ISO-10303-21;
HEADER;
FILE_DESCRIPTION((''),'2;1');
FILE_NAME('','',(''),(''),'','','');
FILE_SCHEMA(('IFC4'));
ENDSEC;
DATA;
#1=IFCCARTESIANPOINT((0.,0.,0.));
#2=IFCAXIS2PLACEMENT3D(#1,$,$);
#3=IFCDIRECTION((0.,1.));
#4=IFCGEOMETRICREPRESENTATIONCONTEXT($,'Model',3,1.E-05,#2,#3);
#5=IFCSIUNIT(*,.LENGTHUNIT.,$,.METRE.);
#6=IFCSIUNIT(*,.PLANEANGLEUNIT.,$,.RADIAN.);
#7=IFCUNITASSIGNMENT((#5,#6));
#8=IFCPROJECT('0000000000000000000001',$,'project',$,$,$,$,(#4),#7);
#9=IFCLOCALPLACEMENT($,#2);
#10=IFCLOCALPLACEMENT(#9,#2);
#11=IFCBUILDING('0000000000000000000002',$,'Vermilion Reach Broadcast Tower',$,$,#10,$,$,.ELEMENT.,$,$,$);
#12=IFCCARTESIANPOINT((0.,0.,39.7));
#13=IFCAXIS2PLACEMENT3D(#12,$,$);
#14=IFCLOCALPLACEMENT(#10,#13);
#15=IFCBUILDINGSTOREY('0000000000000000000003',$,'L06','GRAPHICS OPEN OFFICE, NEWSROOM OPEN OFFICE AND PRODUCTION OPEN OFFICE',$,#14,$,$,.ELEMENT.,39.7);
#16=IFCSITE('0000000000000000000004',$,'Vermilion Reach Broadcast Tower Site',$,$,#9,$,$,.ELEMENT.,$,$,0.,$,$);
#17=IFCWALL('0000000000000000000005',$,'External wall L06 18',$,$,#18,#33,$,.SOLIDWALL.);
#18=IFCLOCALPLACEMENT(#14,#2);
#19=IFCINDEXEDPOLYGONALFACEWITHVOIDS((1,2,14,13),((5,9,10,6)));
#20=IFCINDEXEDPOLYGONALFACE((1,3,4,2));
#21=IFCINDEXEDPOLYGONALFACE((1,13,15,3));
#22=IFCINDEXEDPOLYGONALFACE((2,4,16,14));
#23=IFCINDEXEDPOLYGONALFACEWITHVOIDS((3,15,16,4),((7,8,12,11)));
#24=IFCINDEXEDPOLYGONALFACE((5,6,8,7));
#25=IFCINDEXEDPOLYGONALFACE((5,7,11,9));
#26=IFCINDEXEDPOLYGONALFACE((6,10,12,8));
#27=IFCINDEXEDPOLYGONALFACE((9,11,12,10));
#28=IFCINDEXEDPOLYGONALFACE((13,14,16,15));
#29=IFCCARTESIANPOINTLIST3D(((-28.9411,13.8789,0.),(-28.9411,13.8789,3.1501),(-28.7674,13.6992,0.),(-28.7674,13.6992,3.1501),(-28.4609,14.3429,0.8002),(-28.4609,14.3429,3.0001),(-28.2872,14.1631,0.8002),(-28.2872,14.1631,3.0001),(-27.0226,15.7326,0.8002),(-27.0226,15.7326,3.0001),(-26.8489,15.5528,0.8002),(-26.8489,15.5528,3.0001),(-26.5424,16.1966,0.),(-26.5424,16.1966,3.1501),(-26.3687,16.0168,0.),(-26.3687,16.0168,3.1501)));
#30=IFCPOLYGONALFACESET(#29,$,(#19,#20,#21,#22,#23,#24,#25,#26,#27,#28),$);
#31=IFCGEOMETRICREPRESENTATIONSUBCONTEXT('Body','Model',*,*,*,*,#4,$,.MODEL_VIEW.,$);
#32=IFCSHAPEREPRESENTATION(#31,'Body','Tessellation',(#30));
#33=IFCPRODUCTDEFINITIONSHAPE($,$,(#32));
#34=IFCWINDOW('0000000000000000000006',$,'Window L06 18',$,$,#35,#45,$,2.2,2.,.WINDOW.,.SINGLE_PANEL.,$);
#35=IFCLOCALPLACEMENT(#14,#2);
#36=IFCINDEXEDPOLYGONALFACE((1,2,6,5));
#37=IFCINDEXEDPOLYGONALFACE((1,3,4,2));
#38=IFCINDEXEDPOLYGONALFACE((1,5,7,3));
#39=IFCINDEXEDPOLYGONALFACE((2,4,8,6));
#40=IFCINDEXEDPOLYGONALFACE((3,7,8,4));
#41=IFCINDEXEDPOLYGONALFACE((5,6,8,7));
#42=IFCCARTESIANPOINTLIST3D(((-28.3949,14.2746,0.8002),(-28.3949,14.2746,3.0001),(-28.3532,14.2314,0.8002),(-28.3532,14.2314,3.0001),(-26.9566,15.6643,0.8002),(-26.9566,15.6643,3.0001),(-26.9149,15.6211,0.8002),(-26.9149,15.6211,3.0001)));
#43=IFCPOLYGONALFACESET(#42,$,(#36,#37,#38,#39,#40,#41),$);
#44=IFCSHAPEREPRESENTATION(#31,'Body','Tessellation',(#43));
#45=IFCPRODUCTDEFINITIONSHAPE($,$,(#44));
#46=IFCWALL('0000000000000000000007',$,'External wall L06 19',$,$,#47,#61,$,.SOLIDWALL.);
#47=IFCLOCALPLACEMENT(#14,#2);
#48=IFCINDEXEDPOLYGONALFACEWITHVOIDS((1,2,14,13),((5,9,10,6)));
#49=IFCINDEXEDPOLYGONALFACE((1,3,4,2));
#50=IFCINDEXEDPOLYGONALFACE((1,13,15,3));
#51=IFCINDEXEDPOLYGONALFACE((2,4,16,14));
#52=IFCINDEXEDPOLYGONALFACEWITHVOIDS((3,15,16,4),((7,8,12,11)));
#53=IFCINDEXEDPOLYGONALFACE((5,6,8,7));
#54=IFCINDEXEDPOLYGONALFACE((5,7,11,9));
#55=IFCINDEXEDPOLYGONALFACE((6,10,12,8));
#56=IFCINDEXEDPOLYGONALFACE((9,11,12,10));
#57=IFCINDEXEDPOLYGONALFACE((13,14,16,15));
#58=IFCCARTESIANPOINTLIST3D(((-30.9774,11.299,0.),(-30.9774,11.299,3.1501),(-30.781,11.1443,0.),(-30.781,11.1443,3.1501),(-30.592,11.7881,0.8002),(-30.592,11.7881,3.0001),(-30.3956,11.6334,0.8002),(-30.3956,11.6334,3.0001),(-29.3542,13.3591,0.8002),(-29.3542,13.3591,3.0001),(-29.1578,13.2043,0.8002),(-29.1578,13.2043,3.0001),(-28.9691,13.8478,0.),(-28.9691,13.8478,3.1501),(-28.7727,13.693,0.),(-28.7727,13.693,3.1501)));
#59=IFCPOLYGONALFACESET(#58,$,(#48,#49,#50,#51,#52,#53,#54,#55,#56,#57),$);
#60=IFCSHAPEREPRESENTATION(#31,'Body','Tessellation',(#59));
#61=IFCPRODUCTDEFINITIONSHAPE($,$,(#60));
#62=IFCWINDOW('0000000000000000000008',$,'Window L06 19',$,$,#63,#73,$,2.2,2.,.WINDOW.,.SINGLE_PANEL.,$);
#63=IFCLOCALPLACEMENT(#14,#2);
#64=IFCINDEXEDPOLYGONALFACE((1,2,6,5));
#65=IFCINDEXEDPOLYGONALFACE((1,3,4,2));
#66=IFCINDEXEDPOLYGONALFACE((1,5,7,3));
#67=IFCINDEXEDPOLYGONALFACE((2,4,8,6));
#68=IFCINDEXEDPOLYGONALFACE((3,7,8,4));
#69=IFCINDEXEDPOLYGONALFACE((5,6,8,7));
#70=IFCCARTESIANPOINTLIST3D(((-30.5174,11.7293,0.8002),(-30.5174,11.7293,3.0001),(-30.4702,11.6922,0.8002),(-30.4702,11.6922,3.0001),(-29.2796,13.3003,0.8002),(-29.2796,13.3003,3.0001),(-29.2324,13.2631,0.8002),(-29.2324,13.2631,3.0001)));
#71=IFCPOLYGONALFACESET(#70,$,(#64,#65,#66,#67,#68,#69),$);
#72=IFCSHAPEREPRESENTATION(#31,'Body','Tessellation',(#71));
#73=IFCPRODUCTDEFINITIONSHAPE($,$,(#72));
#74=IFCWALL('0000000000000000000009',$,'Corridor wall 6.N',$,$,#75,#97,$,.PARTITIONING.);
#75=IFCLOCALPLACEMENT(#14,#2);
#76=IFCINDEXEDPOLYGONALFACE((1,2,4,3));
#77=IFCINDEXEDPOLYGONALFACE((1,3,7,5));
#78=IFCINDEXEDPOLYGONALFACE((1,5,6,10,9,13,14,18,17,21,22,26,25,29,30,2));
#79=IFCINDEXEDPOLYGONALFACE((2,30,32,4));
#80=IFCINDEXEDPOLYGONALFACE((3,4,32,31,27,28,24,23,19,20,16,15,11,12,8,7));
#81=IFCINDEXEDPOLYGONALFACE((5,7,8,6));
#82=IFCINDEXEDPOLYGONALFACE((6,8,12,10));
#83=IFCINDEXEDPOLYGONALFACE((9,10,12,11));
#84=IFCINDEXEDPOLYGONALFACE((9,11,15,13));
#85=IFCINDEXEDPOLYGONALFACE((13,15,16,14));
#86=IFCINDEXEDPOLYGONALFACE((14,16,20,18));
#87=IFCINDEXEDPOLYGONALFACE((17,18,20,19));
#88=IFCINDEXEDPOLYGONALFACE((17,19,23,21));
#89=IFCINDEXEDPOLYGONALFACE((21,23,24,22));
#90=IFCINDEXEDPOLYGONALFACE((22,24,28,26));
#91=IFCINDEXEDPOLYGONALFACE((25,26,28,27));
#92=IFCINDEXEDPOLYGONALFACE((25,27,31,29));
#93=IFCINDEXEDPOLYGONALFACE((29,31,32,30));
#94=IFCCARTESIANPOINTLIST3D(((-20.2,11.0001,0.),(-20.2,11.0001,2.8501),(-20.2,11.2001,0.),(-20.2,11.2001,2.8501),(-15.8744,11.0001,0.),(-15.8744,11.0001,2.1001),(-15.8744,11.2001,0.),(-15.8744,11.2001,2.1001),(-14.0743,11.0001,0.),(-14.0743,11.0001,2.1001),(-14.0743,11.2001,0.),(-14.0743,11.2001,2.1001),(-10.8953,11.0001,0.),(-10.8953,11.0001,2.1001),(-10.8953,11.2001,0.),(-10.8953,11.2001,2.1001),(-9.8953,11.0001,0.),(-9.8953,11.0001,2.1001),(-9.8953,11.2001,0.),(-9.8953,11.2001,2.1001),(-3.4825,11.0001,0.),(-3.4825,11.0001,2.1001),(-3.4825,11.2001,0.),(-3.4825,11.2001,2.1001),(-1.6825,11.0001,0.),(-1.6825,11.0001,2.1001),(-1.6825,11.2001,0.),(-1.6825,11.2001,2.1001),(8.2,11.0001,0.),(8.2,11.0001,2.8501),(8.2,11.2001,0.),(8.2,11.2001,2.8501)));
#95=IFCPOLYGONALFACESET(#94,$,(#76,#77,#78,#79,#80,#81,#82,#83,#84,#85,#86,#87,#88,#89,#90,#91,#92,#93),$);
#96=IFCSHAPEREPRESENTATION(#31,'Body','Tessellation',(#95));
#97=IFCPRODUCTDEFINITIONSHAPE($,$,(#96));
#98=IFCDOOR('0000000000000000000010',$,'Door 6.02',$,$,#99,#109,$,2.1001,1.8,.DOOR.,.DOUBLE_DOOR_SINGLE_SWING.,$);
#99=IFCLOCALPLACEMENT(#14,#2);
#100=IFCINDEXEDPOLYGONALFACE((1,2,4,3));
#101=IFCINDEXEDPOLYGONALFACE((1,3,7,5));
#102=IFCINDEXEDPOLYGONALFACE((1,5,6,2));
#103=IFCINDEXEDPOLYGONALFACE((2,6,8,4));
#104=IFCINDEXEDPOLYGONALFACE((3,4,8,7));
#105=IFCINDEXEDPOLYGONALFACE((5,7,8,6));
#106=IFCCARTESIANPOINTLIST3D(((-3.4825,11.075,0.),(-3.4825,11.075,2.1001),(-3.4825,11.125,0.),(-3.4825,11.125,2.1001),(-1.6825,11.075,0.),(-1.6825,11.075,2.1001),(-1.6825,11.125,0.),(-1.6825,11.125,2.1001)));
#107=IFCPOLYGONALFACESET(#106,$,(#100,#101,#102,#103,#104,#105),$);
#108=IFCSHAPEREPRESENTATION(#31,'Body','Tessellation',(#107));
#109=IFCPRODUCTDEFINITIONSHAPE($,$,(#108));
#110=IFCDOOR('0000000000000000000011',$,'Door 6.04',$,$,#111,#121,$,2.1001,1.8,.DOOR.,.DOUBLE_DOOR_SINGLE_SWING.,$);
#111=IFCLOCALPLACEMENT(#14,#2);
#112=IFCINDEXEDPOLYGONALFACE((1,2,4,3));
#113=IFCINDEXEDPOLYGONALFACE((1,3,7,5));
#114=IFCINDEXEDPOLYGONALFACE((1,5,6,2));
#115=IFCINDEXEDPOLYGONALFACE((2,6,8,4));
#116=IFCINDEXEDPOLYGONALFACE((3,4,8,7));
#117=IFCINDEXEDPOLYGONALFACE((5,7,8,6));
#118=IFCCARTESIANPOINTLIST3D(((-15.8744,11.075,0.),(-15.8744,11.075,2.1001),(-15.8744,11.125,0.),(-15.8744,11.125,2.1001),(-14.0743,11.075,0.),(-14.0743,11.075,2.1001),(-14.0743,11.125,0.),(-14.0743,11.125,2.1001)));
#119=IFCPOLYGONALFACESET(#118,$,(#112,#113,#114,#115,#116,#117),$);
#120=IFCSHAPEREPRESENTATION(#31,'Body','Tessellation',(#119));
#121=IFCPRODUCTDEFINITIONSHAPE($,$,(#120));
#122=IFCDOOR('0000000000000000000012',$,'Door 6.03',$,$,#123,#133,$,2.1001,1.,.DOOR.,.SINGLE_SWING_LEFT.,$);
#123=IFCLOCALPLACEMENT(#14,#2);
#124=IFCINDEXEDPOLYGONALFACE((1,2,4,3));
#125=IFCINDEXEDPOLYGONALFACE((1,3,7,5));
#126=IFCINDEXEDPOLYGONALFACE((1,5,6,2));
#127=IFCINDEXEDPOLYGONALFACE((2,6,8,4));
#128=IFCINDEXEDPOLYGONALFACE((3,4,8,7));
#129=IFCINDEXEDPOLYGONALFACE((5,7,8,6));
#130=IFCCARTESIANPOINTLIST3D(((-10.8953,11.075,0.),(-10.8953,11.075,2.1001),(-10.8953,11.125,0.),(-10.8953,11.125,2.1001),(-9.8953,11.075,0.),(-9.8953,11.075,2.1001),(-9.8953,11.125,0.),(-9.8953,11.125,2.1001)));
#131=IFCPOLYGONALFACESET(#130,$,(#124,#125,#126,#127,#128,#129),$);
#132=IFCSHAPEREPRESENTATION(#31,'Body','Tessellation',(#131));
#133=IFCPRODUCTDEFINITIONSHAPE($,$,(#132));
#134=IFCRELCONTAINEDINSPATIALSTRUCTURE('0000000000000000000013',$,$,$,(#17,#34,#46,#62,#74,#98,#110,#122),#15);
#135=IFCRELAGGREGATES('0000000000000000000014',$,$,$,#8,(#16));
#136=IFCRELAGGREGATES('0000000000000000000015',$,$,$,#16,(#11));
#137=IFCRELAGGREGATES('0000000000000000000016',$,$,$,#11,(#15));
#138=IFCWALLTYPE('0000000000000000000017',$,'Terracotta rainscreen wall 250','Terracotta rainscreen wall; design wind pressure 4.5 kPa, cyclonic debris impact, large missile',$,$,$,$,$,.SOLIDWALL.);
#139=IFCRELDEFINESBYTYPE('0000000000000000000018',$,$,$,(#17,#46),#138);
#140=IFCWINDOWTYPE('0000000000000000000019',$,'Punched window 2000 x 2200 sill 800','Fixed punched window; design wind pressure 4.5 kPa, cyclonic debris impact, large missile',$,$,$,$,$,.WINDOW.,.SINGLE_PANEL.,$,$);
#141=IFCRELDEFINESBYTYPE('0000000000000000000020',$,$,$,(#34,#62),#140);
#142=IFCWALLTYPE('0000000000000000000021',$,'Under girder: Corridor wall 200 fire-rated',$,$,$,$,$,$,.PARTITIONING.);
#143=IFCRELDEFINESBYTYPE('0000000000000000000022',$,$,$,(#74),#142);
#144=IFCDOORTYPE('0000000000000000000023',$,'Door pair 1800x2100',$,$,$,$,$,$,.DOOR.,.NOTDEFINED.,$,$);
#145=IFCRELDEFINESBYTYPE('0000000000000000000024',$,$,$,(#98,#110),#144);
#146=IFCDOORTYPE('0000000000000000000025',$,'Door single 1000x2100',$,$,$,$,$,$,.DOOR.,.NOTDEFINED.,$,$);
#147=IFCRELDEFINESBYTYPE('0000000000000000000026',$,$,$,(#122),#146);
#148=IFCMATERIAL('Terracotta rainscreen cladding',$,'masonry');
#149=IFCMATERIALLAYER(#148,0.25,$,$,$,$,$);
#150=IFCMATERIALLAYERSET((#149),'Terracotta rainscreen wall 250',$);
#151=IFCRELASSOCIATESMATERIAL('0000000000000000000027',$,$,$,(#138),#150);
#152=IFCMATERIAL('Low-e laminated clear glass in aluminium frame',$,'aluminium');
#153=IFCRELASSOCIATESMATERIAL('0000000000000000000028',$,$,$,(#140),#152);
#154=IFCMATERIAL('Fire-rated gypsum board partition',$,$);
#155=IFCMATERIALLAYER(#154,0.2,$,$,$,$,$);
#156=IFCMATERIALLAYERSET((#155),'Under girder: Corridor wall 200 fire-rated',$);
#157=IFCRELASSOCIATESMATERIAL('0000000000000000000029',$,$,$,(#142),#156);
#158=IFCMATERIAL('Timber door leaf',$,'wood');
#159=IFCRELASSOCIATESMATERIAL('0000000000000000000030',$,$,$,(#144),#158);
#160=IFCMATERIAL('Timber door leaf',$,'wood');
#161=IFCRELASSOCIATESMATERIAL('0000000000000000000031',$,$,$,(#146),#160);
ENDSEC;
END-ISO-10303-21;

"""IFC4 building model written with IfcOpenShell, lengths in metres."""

from ifc_helpers import new_model, si_unit, direction, frame, frame_2d, origin, place, context, subcontext, project, spatial, rectangle, extrude, material, layer, layer_set, type_object, element, fill, save


model = new_model("IFC4")

# Units and contexts
model_context = context("Model", 3, precision=1e-05, world=origin(), true_north=direction((0.0, 1.0)))
body_context = subcontext(model_context, "Body", "Model", "MODEL_VIEW")
ifc_project = project(units=[si_unit("LENGTHUNIT", "METRE"), si_unit("PLANEANGLEUNIT", "RADIAN")], contexts=[model_context])

# Site, building, storey
site_placement = place(None, origin())
site = spatial("IfcSite", under=ifc_project, at=site_placement, Name="Vermilion Reach Broadcast Tower Site", CompositionType="ELEMENT", RefElevation=0.0)
building_placement = place(site_placement, origin())
building = spatial("IfcBuilding", under=site, at=building_placement, Name="Vermilion Reach Broadcast Tower", CompositionType="ELEMENT")
storey_placement = place(building_placement, frame((0.0, 0.0, 39.7)))
storey = spatial("IfcBuildingStorey", under=building, at=storey_placement, Name="L06", Description="GRAPHICS OPEN OFFICE, NEWSROOM OPEN OFFICE AND PRODUCTION OPEN OFFICE", CompositionType="ELEMENT", Elevation=39.7)

# Shared definitions
ifc_material_1 = material(Name="Terracotta rainscreen cladding", Category="masonry")
ifc_layer_1 = layer(ifc_material_1, 0.25)
ifc_layer_set_1 = layer_set([ifc_layer_1], Name="Terracotta rainscreen wall 250")
wall_type_1 = type_object("IfcWallType", Name="Terracotta rainscreen wall 250", Description="Terracotta rainscreen wall; design wind pressure 4.5 kPa, cyclonic debris impact, large missile", PredefinedType="SOLIDWALL", material=ifc_layer_set_1)

# Walls, openings, windows
ifc_material_2 = material(Name="Low-e laminated clear glass in aluminium frame", Category="aluminium")
window_type = type_object("IfcWindowType", Name="Punched window 2000 x 2200 sill 800", Description="Fixed punched window; design wind pressure 4.5 kPa, cyclonic debris impact, large missile", PartitioningType="SINGLE_PANEL", PredefinedType="WINDOW", material=ifc_material_2)
wall_1_placement = place(storey_placement, frame((-26.4556, 16.1067, 0.0), z_axis=(0.0, 0.0, 1.0), x_axis=(-0.719153, -0.694852, 0.0)))
wall_1 = element("IfcWall", 1, at=wall_1_placement, inside=storey, type_object=wall_type_1, Name="External wall L06 18", PredefinedType="SOLIDWALL", context=body_context, shape_type="SweptSolid", body=[
    extrude(rectangle(XDim=3.3354, YDim=0.25, at=frame_2d((1.6677, 0.0))), origin(), (0.0, 0.0, 1.0), 3.1501),
])
opening_1_placement = place(wall_1_placement, frame((0.6677, 0.0, 0.8)))
opening_1 = element("IfcOpeningElement", 2, at=opening_1_placement, cuts=wall_1, PredefinedType="OPENING", context=body_context, shape_type="SweptSolid", body=[
    extrude(rectangle(XDim=2.0, YDim=2.2, at=frame_2d((1.0, 1.1001))), frame((0.0, 0.135, 0.0), z_axis=(0.0, -1.0, 0.0), x_axis=(1.0, 0.0, 0.0)), (0.0, 0.0, 1.0), 0.27),
])
window_1_placement = place(opening_1_placement, origin())
window_1 = element("IfcWindow", 3, at=window_1_placement, inside=storey, type_object=window_type, Name="Window L06 18", OverallHeight=2.2, OverallWidth=2.0, PartitioningType="SINGLE_PANEL", PredefinedType="WINDOW", context=body_context, shape_type="SweptSolid", body=[
    extrude(rectangle(XDim=2.0, YDim=2.2, at=frame_2d((1.0, 1.1001))), frame((0.0, 0.03, 0.0), z_axis=(0.0, -1.0, 0.0), x_axis=(1.0, 0.0, 0.0)), (0.0, 0.0, 1.0), 0.0601),
])
fill(opening_1, window_1)
wall_2_placement = place(storey_placement, frame((-28.8708, 13.7705, 0.0), z_axis=(0.0, 0.0, 1.0), x_axis=(-0.618898, -0.785472, 0.0)))
wall_2 = element("IfcWall", 4, at=wall_2_placement, inside=storey, type_object=wall_type_1, Name="External wall L06 19", PredefinedType="SOLIDWALL", context=body_context, shape_type="SweptSolid", body=[
    extrude(rectangle(XDim=3.2449, YDim=0.25, at=frame_2d((1.6226, 0.0))), origin(), (0.0, 0.0, 1.0), 3.1501),
])
opening_2_placement = place(wall_2_placement, frame((0.6223, 0.0, 0.8)))
opening_2 = element("IfcOpeningElement", 5, at=opening_2_placement, cuts=wall_2, PredefinedType="OPENING", context=body_context, shape_type="SweptSolid", body=[
    extrude(rectangle(XDim=2.0, YDim=2.2, at=frame_2d((1.0, 1.1001))), frame((0.0, 0.135, 0.0), z_axis=(0.0, -1.0, 0.0), x_axis=(1.0, 0.0, 0.0)), (0.0, 0.0, 1.0), 0.27),
])
window_2_placement = place(opening_2_placement, origin())
window_2 = element("IfcWindow", 6, at=window_2_placement, inside=storey, type_object=window_type, Name="Window L06 19", OverallHeight=2.2, OverallWidth=2.0, PartitioningType="SINGLE_PANEL", PredefinedType="WINDOW", context=body_context, shape_type="SweptSolid", body=[
    extrude(rectangle(XDim=2.0, YDim=2.2, at=frame_2d((1.0, 1.1001))), frame((0.0, 0.03, 0.0), z_axis=(0.0, -1.0, 0.0), x_axis=(1.0, 0.0, 0.0)), (0.0, 0.0, 1.0), 0.0601),
])
fill(opening_2, window_2)

# Wall, openings, doors
ifc_material_3 = material(Name="Fire-rated gypsum board partition")
ifc_layer_2 = layer(ifc_material_3, 0.2)
ifc_layer_set_2 = layer_set([ifc_layer_2], Name="Under girder: Corridor wall 200 fire-rated")
wall_type_2 = type_object("IfcWallType", Name="Under girder: Corridor wall 200 fire-rated", PredefinedType="PARTITIONING", material=ifc_layer_set_2)
wall_3_placement = place(storey_placement, frame((-20.2, 11.1001, 0.0), z_axis=(0.0, 0.0, 1.0), x_axis=(1.0, 0.0, 0.0)))
wall_3 = element("IfcWall", 7, at=wall_3_placement, inside=storey, type_object=wall_type_2, Name="Corridor wall 6.N", PredefinedType="PARTITIONING", context=body_context, shape_type="SweptSolid", body=[
    extrude(rectangle(XDim=28.3999, YDim=0.2, at=frame_2d((14.2, 0.0))), origin(), (0.0, 0.0, 1.0), 2.8501),
])
opening_3_placement = place(wall_3_placement, frame((16.7175, 0.0, 0.0)))
opening_3 = element("IfcOpeningElement", 8, at=opening_3_placement, cuts=wall_3, PredefinedType="OPENING", context=body_context, shape_type="SweptSolid", body=[
    extrude(rectangle(XDim=1.8, YDim=2.1001, at=frame_2d((0.8999, 1.05))), frame((0.0, 0.1099, 0.0), z_axis=(0.0, -1.0, 0.0), x_axis=(1.0, 0.0, 0.0)), (0.0, 0.0, 1.0), 0.22),
])
opening_4_placement = place(wall_3_placement, frame((9.3047, 0.0, 0.0)))
opening_4 = element("IfcOpeningElement", 9, at=opening_4_placement, cuts=wall_3, PredefinedType="OPENING", context=body_context, shape_type="SweptSolid", body=[
    extrude(rectangle(XDim=1.0, YDim=2.1001, at=frame_2d((0.5, 1.05))), frame((0.0, 0.1099, 0.0), z_axis=(0.0, -1.0, 0.0), x_axis=(1.0, 0.0, 0.0)), (0.0, 0.0, 1.0), 0.22),
])
opening_5_placement = place(wall_3_placement, frame((4.3257, 0.0, 0.0)))
opening_5 = element("IfcOpeningElement", 10, at=opening_5_placement, cuts=wall_3, PredefinedType="OPENING", context=body_context, shape_type="SweptSolid", body=[
    extrude(rectangle(XDim=1.8, YDim=2.1001, at=frame_2d((0.8999, 1.05))), frame((0.0, 0.1099, 0.0), z_axis=(0.0, -1.0, 0.0), x_axis=(1.0, 0.0, 0.0)), (0.0, 0.0, 1.0), 0.22),
])
ifc_material_4 = material(Name="Timber door leaf", Category="wood")
door_type_1 = type_object("IfcDoorType", Name="Door pair 1800x2100", OperationType="NOTDEFINED", PredefinedType="DOOR", material=ifc_material_4)
door_1_placement = place(opening_3_placement, origin())
door_1 = element("IfcDoor", 11, at=door_1_placement, inside=storey, type_object=door_type_1, Name="Door 6.02", OperationType="DOUBLE_DOOR_SINGLE_SWING", OverallHeight=2.1001, OverallWidth=1.8, PredefinedType="DOOR", context=body_context, shape_type="SweptSolid", body=[
    extrude(rectangle(XDim=1.8, YDim=2.1001, at=frame_2d((0.8999, 1.05))), frame((0.0, 0.0249, 0.0), z_axis=(0.0, -1.0, 0.0), x_axis=(1.0, 0.0, 0.0)), (0.0, 0.0, 1.0), 0.05),
])
fill(opening_3, door_1)
door_2_placement = place(opening_5_placement, origin())
door_2 = element("IfcDoor", 12, at=door_2_placement, inside=storey, type_object=door_type_1, Name="Door 6.04", OperationType="DOUBLE_DOOR_SINGLE_SWING", OverallHeight=2.1001, OverallWidth=1.8, PredefinedType="DOOR", context=body_context, shape_type="SweptSolid", body=[
    extrude(rectangle(XDim=1.8, YDim=2.1001, at=frame_2d((0.8999, 1.05))), frame((0.0, 0.0249, 0.0), z_axis=(0.0, -1.0, 0.0), x_axis=(1.0, 0.0, 0.0)), (0.0, 0.0, 1.0), 0.05),
])
fill(opening_5, door_2)
ifc_material_5 = material(Name="Timber door leaf", Category="wood")
door_type_2 = type_object("IfcDoorType", Name="Door single 1000x2100", OperationType="NOTDEFINED", PredefinedType="DOOR", material=ifc_material_5)
door_3_placement = place(opening_4_placement, origin())
door_3 = element("IfcDoor", 13, at=door_3_placement, inside=storey, type_object=door_type_2, Name="Door 6.03", OperationType="SINGLE_SWING_LEFT", OverallHeight=2.1001, OverallWidth=1.0, PredefinedType="DOOR", context=body_context, shape_type="SweptSolid", body=[
    extrude(rectangle(XDim=1.0, YDim=2.1001, at=frame_2d((0.5, 1.05))), frame((0.0, 0.0249, 0.0), z_axis=(0.0, -1.0, 0.0), x_axis=(1.0, 0.0, 0.0)), (0.0, 0.0, 1.0), 0.05),
])
fill(opening_4, door_3)

save(model, "model.ifc")
